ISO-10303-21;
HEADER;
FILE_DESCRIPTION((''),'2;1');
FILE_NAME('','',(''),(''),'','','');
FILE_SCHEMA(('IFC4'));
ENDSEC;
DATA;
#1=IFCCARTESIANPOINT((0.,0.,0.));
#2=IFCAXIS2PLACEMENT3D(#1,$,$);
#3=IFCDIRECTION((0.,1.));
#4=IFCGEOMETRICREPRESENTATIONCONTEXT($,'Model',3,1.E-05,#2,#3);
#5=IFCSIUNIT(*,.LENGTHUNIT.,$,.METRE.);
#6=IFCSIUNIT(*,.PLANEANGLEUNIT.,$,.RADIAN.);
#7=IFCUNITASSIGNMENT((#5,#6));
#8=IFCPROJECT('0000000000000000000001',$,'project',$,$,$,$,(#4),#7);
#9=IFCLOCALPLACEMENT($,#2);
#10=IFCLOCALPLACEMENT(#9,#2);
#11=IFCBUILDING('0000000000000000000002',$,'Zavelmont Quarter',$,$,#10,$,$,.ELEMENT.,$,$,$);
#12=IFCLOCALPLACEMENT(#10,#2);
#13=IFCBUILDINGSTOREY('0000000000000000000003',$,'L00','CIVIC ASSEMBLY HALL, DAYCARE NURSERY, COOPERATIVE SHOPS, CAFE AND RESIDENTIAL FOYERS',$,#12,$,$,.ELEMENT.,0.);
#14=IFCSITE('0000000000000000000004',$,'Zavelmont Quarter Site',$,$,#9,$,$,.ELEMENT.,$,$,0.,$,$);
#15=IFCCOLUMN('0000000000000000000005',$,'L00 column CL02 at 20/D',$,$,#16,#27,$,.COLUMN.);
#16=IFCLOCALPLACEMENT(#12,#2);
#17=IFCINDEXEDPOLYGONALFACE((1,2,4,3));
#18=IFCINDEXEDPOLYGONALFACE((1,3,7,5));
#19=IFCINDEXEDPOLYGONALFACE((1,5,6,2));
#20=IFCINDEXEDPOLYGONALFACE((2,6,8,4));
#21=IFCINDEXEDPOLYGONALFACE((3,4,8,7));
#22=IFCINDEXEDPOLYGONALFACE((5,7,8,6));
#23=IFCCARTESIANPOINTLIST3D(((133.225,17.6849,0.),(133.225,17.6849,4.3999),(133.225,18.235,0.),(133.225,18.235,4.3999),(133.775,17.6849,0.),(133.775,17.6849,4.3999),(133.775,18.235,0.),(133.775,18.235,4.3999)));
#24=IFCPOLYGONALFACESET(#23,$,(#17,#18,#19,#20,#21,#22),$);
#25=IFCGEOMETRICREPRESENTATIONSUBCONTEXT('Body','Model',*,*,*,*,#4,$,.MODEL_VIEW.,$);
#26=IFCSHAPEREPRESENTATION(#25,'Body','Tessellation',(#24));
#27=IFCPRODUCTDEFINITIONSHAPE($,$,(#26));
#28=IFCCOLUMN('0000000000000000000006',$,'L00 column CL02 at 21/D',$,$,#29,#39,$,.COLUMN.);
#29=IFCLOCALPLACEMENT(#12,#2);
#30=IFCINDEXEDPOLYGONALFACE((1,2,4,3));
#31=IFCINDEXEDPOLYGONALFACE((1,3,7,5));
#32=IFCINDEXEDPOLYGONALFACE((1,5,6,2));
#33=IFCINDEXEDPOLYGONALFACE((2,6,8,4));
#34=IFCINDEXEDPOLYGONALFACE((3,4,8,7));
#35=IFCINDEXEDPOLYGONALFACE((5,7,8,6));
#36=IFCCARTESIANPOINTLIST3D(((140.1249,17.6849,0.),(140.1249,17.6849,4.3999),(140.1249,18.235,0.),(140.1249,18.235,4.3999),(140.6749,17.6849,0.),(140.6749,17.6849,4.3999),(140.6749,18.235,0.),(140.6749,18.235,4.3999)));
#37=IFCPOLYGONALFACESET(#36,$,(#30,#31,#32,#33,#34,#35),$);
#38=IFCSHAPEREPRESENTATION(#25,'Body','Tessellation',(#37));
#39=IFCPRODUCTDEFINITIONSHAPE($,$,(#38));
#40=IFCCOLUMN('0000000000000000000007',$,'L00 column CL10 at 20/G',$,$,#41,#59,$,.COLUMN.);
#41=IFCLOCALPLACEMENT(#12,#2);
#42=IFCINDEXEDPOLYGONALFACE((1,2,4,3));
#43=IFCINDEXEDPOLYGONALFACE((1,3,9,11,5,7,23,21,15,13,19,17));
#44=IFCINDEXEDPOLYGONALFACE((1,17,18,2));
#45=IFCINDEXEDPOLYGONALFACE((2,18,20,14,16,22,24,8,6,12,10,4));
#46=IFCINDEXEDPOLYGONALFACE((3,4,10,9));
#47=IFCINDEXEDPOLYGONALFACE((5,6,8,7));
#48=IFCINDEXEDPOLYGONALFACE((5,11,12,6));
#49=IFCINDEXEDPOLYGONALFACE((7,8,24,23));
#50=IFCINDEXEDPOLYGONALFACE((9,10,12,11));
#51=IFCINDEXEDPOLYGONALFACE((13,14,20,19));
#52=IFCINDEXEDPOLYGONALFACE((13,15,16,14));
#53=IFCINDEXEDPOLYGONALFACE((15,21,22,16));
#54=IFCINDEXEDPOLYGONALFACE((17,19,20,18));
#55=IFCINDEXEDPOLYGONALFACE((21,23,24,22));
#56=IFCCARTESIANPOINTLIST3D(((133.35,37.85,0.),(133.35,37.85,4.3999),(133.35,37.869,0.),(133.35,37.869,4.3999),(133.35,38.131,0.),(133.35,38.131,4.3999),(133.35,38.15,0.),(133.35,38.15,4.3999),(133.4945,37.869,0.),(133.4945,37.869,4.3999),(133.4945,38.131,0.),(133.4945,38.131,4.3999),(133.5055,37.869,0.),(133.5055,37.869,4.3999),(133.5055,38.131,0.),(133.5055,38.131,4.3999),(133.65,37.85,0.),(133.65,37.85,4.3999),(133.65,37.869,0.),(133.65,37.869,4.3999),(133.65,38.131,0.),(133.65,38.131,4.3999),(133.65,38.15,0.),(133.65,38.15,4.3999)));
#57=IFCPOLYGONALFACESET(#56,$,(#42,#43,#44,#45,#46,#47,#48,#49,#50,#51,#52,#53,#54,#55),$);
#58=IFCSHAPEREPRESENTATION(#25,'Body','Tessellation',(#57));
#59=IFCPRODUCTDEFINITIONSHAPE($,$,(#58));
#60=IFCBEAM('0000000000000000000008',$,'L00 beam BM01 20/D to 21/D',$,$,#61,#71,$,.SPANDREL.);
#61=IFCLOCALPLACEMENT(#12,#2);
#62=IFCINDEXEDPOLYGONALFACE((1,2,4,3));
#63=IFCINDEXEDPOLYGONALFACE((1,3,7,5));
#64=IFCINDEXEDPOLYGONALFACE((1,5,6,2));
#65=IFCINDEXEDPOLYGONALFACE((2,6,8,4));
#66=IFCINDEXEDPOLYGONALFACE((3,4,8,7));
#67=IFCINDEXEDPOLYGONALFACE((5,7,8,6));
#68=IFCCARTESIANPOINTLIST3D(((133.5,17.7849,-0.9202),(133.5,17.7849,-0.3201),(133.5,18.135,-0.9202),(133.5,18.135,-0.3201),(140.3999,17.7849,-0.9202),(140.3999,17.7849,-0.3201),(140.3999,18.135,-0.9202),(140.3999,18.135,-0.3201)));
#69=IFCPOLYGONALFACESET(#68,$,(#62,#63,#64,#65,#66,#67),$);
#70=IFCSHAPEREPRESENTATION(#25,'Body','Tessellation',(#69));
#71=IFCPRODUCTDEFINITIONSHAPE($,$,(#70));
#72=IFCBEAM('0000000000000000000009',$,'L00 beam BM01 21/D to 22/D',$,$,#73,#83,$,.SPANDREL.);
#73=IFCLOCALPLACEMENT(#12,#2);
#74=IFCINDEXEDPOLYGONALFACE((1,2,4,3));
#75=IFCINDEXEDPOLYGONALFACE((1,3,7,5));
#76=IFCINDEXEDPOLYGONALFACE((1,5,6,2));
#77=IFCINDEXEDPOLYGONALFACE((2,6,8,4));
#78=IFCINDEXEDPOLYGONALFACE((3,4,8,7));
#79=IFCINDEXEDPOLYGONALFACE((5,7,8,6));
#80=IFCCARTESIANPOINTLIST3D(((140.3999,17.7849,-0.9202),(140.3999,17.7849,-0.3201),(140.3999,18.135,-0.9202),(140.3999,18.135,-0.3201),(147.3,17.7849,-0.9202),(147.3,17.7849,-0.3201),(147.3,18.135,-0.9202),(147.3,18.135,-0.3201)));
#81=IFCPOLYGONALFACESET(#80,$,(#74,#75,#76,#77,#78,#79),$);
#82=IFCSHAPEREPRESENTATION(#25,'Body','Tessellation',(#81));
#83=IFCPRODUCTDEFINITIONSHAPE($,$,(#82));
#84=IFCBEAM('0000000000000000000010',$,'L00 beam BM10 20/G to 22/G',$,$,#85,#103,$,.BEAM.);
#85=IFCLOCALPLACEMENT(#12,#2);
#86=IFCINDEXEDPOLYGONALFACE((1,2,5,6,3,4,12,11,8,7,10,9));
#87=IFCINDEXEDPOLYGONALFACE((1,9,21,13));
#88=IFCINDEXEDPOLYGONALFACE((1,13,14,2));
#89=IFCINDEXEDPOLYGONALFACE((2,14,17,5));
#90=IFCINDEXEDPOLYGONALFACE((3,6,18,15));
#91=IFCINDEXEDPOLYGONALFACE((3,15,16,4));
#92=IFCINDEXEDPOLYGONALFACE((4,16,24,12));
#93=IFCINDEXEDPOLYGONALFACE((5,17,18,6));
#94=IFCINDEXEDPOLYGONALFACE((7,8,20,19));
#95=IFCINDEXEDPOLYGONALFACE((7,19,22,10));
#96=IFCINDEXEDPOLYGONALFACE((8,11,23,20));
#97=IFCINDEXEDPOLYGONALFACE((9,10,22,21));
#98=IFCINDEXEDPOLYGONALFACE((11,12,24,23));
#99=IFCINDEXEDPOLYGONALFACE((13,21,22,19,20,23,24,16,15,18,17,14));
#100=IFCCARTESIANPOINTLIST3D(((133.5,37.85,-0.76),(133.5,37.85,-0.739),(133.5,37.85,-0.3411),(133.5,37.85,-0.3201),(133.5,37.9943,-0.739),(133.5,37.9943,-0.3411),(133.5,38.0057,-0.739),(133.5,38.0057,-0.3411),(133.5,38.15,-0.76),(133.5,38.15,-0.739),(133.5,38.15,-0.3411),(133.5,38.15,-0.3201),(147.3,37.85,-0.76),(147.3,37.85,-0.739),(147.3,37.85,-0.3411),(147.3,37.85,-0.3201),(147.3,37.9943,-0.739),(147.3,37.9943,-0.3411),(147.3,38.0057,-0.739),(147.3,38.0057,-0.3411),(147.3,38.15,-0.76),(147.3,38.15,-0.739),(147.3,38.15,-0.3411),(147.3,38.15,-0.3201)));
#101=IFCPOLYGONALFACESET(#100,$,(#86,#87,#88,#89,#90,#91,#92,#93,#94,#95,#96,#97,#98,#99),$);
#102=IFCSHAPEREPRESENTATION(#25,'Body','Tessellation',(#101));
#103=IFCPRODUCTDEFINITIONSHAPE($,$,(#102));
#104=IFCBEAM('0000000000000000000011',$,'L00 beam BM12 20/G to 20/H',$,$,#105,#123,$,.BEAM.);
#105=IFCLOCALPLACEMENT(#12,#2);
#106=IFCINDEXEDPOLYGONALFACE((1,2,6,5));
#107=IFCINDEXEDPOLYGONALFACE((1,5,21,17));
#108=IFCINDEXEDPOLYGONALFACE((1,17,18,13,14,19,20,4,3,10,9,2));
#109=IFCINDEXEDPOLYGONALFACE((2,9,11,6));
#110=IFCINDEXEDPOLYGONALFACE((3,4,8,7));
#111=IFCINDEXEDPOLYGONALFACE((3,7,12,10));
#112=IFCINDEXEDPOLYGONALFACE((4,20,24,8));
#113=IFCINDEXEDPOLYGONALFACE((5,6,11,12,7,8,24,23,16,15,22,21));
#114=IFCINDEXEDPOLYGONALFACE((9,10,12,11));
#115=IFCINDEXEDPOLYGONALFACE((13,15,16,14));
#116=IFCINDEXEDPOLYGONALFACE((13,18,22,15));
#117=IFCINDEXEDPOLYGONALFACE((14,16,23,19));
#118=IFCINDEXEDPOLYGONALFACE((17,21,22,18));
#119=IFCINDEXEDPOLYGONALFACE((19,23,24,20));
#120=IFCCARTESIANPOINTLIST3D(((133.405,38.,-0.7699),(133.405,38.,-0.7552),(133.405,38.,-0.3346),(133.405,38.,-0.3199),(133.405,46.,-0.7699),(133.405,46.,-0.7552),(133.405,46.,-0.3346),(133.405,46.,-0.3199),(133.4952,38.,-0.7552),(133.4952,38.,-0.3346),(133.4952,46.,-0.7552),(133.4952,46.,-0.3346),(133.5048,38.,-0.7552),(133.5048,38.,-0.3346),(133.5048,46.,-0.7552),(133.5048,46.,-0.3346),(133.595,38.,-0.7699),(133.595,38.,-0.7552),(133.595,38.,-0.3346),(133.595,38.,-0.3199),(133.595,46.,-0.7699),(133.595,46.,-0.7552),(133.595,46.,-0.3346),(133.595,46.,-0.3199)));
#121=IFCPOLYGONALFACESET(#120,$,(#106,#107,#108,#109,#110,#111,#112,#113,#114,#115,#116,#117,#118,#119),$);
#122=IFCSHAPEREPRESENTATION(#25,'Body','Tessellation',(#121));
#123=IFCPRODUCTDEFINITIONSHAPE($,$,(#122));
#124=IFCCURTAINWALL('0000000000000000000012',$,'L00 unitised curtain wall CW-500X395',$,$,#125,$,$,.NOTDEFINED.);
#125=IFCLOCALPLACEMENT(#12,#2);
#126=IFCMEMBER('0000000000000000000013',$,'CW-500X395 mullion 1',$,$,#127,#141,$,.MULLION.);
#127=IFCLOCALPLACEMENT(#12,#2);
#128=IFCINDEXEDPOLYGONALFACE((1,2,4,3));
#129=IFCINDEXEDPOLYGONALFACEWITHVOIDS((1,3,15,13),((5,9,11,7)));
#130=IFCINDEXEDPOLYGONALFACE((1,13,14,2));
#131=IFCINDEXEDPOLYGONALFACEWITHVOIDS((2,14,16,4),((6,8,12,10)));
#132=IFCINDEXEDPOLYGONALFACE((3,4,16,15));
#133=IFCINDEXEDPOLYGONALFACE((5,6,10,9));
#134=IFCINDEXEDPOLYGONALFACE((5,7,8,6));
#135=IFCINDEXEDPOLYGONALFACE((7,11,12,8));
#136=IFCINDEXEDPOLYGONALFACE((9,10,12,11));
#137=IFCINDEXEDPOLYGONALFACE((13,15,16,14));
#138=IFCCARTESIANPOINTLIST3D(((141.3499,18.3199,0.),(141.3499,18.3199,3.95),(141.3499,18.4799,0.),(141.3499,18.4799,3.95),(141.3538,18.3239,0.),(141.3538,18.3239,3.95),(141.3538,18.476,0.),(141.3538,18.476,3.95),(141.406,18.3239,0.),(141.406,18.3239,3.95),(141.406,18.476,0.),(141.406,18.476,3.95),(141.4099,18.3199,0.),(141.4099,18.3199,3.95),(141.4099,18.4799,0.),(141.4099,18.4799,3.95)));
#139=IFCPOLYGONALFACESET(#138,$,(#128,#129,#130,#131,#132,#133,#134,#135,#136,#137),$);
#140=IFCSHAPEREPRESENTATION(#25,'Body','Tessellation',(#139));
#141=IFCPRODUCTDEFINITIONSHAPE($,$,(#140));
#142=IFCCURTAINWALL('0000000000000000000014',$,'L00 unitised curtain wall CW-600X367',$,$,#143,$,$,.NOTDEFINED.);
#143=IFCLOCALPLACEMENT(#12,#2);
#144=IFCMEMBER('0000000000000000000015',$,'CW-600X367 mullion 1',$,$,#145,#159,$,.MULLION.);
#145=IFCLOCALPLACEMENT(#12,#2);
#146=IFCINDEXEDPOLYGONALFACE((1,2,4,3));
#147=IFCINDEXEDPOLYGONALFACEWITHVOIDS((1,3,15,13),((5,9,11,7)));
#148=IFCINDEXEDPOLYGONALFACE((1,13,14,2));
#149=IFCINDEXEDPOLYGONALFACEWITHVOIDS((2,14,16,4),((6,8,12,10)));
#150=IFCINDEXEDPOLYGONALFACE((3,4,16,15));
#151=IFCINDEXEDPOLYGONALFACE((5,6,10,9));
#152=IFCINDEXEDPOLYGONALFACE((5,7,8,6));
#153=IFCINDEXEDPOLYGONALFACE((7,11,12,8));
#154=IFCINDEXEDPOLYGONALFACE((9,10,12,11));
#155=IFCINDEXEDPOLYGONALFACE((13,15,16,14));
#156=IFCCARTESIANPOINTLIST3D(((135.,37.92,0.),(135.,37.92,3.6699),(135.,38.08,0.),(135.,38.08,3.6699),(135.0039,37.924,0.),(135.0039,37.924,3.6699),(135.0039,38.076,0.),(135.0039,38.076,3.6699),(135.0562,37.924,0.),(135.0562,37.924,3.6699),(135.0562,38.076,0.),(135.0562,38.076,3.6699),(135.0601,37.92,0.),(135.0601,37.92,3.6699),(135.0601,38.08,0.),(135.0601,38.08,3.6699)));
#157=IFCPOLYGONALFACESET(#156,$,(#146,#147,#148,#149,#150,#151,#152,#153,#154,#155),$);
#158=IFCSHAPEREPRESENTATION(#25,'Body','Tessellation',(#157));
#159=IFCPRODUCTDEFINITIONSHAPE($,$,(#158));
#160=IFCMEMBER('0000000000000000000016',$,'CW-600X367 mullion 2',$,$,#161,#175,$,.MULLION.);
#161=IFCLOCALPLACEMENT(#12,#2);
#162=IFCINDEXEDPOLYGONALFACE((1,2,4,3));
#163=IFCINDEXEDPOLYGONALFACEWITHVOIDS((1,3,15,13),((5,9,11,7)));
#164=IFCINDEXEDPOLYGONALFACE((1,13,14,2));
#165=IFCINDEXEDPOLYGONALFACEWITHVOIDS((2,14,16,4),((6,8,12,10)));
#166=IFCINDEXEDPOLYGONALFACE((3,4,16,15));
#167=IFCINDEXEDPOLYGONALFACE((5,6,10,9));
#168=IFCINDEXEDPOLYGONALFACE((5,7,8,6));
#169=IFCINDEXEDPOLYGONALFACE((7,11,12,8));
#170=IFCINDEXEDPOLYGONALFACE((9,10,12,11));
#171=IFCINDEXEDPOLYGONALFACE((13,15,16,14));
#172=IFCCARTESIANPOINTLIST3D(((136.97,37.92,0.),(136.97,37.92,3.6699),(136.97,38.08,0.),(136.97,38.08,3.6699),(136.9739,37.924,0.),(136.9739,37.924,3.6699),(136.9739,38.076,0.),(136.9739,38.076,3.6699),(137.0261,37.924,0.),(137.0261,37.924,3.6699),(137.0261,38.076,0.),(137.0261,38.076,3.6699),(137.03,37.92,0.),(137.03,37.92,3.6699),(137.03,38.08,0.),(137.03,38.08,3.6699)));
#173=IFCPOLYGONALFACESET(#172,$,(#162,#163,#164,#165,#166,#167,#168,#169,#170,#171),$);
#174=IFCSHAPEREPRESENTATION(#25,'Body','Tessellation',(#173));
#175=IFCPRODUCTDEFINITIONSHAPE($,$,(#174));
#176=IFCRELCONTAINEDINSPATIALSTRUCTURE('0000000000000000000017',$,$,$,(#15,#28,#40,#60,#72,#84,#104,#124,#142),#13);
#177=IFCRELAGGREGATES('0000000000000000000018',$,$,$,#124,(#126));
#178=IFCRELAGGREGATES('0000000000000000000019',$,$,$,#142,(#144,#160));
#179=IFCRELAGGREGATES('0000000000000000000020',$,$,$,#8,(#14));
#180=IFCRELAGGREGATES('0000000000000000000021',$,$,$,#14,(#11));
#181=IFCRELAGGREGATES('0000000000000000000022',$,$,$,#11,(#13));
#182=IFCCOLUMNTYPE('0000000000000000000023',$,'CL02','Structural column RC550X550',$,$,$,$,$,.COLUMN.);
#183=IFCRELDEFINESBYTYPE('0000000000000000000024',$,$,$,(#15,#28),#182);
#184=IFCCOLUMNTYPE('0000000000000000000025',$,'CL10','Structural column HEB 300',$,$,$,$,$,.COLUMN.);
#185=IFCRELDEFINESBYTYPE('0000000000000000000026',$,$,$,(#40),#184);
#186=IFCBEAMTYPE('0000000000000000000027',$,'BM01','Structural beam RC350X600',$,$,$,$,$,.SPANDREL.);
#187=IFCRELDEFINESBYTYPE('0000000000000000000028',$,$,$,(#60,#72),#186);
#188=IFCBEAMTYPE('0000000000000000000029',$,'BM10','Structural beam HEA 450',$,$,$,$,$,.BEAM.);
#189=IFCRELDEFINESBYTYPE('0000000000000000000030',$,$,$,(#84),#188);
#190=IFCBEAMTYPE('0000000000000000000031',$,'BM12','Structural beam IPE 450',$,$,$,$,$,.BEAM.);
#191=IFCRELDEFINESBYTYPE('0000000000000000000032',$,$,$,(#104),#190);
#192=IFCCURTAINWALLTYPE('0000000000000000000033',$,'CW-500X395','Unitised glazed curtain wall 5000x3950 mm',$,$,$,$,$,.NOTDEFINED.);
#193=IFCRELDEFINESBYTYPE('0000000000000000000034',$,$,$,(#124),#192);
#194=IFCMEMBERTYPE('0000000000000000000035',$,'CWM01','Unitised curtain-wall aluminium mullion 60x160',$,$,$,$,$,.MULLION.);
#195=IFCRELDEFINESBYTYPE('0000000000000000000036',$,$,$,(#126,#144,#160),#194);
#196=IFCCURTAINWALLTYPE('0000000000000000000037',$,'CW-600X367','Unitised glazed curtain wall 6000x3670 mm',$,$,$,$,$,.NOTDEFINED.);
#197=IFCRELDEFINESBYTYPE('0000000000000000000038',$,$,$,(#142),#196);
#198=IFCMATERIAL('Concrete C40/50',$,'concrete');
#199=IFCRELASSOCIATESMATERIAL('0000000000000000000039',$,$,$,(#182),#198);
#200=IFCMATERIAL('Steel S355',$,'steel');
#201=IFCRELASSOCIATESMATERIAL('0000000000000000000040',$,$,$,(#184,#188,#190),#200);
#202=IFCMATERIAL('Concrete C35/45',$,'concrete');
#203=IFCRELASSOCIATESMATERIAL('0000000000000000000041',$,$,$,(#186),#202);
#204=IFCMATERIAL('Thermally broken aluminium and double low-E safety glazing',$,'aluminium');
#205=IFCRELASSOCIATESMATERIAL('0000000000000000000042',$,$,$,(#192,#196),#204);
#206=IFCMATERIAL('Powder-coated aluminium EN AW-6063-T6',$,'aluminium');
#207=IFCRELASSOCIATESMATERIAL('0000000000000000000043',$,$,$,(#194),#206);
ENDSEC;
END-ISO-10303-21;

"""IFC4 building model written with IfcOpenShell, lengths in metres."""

from ifc_helpers import new_model, si_unit, direction, frame, origin, origin_2d, place, context, subcontext, project, spatial, rectangle, hollow_rectangle, i_section, extrude, material, material_profile, profile_set, type_object, element, aggregate, save


model = new_model("IFC4")

# Units and contexts
model_context = context("Model", 3, precision=1e-05, world=origin(), true_north=direction((0.0, 1.0)))
body_context = subcontext(model_context, "Body", "Model", "MODEL_VIEW")
ifc_project = project(units=[si_unit("LENGTHUNIT", "METRE"), si_unit("PLANEANGLEUNIT", "RADIAN")], contexts=[model_context])

# Site, building, storey
site_placement = place(None, origin())
site = spatial("IfcSite", under=ifc_project, at=site_placement, Name="Zavelmont Quarter Site", CompositionType="ELEMENT", RefElevation=0.0)
building_placement = place(site_placement, origin())
building = spatial("IfcBuilding", under=site, at=building_placement, Name="Zavelmont Quarter", CompositionType="ELEMENT")
storey_placement = place(building_placement, origin())
storey = spatial("IfcBuildingStorey", under=building, at=storey_placement, Name="L00", Description="CIVIC ASSEMBLY HALL, DAYCARE NURSERY, COOPERATIVE SHOPS, CAFE AND RESIDENTIAL FOYERS", CompositionType="ELEMENT", Elevation=0.0)

# Columns
ifc_material_1 = material(Name="Concrete C40/50", Category="concrete")
ifc_material_profile_1 = material_profile(ifc_material_1, rectangle(XDim=0.55, YDim=0.55, at=origin_2d()), Name="RC550X550")
ifc_profile_set_1 = profile_set([ifc_material_profile_1], Name="Concrete C40/50")
column_type_1 = type_object("IfcColumnType", Name="CL02", Description="Structural column RC550X550", PredefinedType="COLUMN", material=ifc_profile_set_1)
for number, where, z_axis, x_axis, name in (
    (1, (133.5, 17.96, 0.0), (0.0, 0.0, 1.0), (1.0, 0.0, 0.0), "L00 column CL02 at 20/D"),
    (2, (140.3999, 17.96, 0.0), (0.0, 0.0, 1.0), (1.0, 0.0, 0.0), "L00 column CL02 at 21/D"),
):
    element("IfcColumn", number, at=place(storey_placement, frame(where, z_axis=z_axis, x_axis=x_axis)), inside=storey, type_object=column_type_1, Name=name, PredefinedType="COLUMN", context=body_context, shape_type="SweptSolid", body=[
        extrude(rectangle(XDim=0.55, YDim=0.55, at=origin_2d()), origin(), (0.0, 0.0, 1.0), 4.3999),
    ])
ifc_material_2 = material(Name="Steel S355", Category="steel")
ifc_material_profile_2 = material_profile(ifc_material_2, i_section(OverallWidth=0.3, OverallDepth=0.3, WebThickness=0.011, FlangeThickness=0.019, at=origin_2d()), Name="HEB 300")
ifc_profile_set_2 = profile_set([ifc_material_profile_2], Name="Steel S355")
column_type_2 = type_object("IfcColumnType", Name="CL10", Description="Structural column HEB 300", PredefinedType="COLUMN", material=ifc_profile_set_2)
column_placement = place(storey_placement, frame((133.5, 38.0, 0.0), z_axis=(0.0, 0.0, 1.0), x_axis=(1.0, 0.0, 0.0)))
element("IfcColumn", 3, at=column_placement, inside=storey, type_object=column_type_2, Name="L00 column CL10 at 20/G", PredefinedType="COLUMN", context=body_context, shape_type="SweptSolid", body=[
    extrude(i_section(OverallWidth=0.3, OverallDepth=0.3, WebThickness=0.011, FlangeThickness=0.019, at=origin_2d()), origin(), (0.0, 0.0, 1.0), 4.3999),
])

# Beams
ifc_material_3 = material(Name="Concrete C35/45", Category="concrete")
ifc_material_profile_3 = material_profile(ifc_material_3, rectangle(XDim=0.3501, YDim=0.6001, at=origin_2d()), Name="RC350X600")
ifc_profile_set_3 = profile_set([ifc_material_profile_3], Name="Concrete C35/45")
beam_type_1 = type_object("IfcBeamType", Name="BM01", Description="Structural beam RC350X600", PredefinedType="SPANDREL", material=ifc_profile_set_3)
beam_1_placement = place(storey_placement, frame((133.5, 17.96, -0.6201), z_axis=(1.0, 0.0, 0.0), x_axis=(0.0, 1.0, 0.0)))
element("IfcBeam", 4, at=beam_1_placement, inside=storey, type_object=beam_type_1, Name="L00 beam BM01 20/D to 21/D", PredefinedType="SPANDREL", context=body_context, shape_type="SweptSolid", body=[
    extrude(rectangle(XDim=0.3501, YDim=0.6001, at=origin_2d()), origin(), (0.0, 0.0, 1.0), 6.8999),
])
beam_2_placement = place(storey_placement, frame((140.3999, 17.96, -0.6201), z_axis=(1.0, 0.0, 0.0), x_axis=(0.0, 1.0, 0.0)))
element("IfcBeam", 5, at=beam_2_placement, inside=storey, type_object=beam_type_1, Name="L00 beam BM01 21/D to 22/D", PredefinedType="SPANDREL", context=body_context, shape_type="SweptSolid", body=[
    extrude(rectangle(XDim=0.3501, YDim=0.6001, at=origin_2d()), origin(), (0.0, 0.0, 1.0), 6.9001),
])
ifc_material_profile_4 = material_profile(ifc_material_2, i_section(OverallWidth=0.3, OverallDepth=0.4399, WebThickness=0.0115, FlangeThickness=0.021, at=origin_2d()), Name="HEA 450")
ifc_profile_set_4 = profile_set([ifc_material_profile_4], Name="Steel S355")
beam_type_2 = type_object("IfcBeamType", Name="BM10", Description="Structural beam HEA 450", PredefinedType="BEAM", material=ifc_profile_set_4)
beam_3_placement = place(storey_placement, frame((133.5, 38.0, -0.54), z_axis=(1.0, 0.0, 0.0), x_axis=(0.0, 1.0, 0.0)))
element("IfcBeam", 6, at=beam_3_placement, inside=storey, type_object=beam_type_2, Name="L00 beam BM10 20/G to 22/G", PredefinedType="BEAM", context=body_context, shape_type="SweptSolid", body=[
    extrude(i_section(OverallWidth=0.3, OverallDepth=0.4399, WebThickness=0.0115, FlangeThickness=0.021, at=origin_2d()), origin(), (0.0, 0.0, 1.0), 13.8),
])
ifc_material_profile_5 = material_profile(ifc_material_2, i_section(OverallWidth=0.1899, OverallDepth=0.45, WebThickness=0.0095, FlangeThickness=0.0146, at=origin_2d()), Name="IPE 450")
ifc_profile_set_5 = profile_set([ifc_material_profile_5], Name="Steel S355")
beam_type_3 = type_object("IfcBeamType", Name="BM12", Description="Structural beam IPE 450", PredefinedType="BEAM", material=ifc_profile_set_5)
beam_4_placement = place(storey_placement, frame((133.5, 38.0, -0.5449), z_axis=(0.0, 1.0, 0.0), x_axis=(-1.0, 0.0, 0.0)))
element("IfcBeam", 7, at=beam_4_placement, inside=storey, type_object=beam_type_3, Name="L00 beam BM12 20/G to 20/H", PredefinedType="BEAM", context=body_context, shape_type="SweptSolid", body=[
    extrude(i_section(OverallWidth=0.1899, OverallDepth=0.45, WebThickness=0.0095, FlangeThickness=0.0146, at=origin_2d()), origin(), (0.0, 0.0, 1.0), 8.0),
])

# Curtain wall, member
ifc_material_4 = material(Name="Thermally broken aluminium and double low-E safety glazing", Category="aluminium")
curtain_wall_type_1 = type_object("IfcCurtainWallType", Name="CW-500X395", Description="Unitised glazed curtain wall 5000x3950 mm", PredefinedType="NOTDEFINED", material=ifc_material_4)
curtain_wall_1_placement = place(storey_placement, origin())
curtain_wall_1 = element("IfcCurtainWall", 8, at=curtain_wall_1_placement, inside=storey, type_object=curtain_wall_type_1, Name="L00 unitised curtain wall CW-500X395", PredefinedType="NOTDEFINED")
ifc_material_5 = material(Name="Powder-coated aluminium EN AW-6063-T6", Category="aluminium")
ifc_material_profile_6 = material_profile(ifc_material_5, hollow_rectangle(XDim=0.0601, YDim=0.1599, WallThickness=0.0039, at=origin_2d()), Name="CWM60X160")
ifc_profile_set_6 = profile_set([ifc_material_profile_6], Name="Powder-coated aluminium EN AW-6063-T6")
member_type_1 = type_object("IfcMemberType", Name="CWM01", Description="Unitised curtain-wall aluminium mullion 60x160", PredefinedType="MULLION", material=ifc_profile_set_6)
member_1_placement = place(storey_placement, frame((141.3799, 18.3999, 0.0), z_axis=(0.0, 0.0, 1.0), x_axis=(1.0, 0.0, 0.0)))
member_1 = element("IfcMember", 9, at=member_1_placement, type_object=member_type_1, Name="CW-500X395 mullion 1", PredefinedType="MULLION", context=body_context, shape_type="SweptSolid", body=[
    extrude(hollow_rectangle(XDim=0.0601, YDim=0.1599, WallThickness=0.0039, at=origin_2d()), origin(), (0.0, 0.0, 1.0), 3.95),
])

# Curtain wall, members
curtain_wall_type_2 = type_object("IfcCurtainWallType", Name="CW-600X367", Description="Unitised glazed curtain wall 6000x3670 mm", PredefinedType="NOTDEFINED", material=ifc_material_4)
curtain_wall_2_placement = place(storey_placement, origin())
curtain_wall_2 = element("IfcCurtainWall", 10, at=curtain_wall_2_placement, inside=storey, type_object=curtain_wall_type_2, Name="L00 unitised curtain wall CW-600X367", PredefinedType="NOTDEFINED")
member_2_placement = place(storey_placement, frame((135.03, 38.0, 0.0), z_axis=(0.0, 0.0, 1.0), x_axis=(1.0, 0.0, 0.0)))
member_2 = element("IfcMember", 11, at=member_2_placement, type_object=member_type_1, Name="CW-600X367 mullion 1", PredefinedType="MULLION", context=body_context, shape_type="SweptSolid", body=[
    extrude(hollow_rectangle(XDim=0.0601, YDim=0.1599, WallThickness=0.0039, at=origin_2d()), origin(), (0.0, 0.0, 1.0), 3.6699),
])
member_3_placement = place(storey_placement, frame((137.0, 38.0, 0.0), z_axis=(0.0, 0.0, 1.0), x_axis=(1.0, 0.0, 0.0)))
member_3 = element("IfcMember", 12, at=member_3_placement, type_object=member_type_1, Name="CW-600X367 mullion 2", PredefinedType="MULLION", context=body_context, shape_type="SweptSolid", body=[
    extrude(hollow_rectangle(XDim=0.0601, YDim=0.1599, WallThickness=0.0039, at=origin_2d()), origin(), (0.0, 0.0, 1.0), 3.6699),
])

aggregate(curtain_wall_1, [member_1])

aggregate(curtain_wall_2, [member_2, member_3])

save(model, "model.ifc")
